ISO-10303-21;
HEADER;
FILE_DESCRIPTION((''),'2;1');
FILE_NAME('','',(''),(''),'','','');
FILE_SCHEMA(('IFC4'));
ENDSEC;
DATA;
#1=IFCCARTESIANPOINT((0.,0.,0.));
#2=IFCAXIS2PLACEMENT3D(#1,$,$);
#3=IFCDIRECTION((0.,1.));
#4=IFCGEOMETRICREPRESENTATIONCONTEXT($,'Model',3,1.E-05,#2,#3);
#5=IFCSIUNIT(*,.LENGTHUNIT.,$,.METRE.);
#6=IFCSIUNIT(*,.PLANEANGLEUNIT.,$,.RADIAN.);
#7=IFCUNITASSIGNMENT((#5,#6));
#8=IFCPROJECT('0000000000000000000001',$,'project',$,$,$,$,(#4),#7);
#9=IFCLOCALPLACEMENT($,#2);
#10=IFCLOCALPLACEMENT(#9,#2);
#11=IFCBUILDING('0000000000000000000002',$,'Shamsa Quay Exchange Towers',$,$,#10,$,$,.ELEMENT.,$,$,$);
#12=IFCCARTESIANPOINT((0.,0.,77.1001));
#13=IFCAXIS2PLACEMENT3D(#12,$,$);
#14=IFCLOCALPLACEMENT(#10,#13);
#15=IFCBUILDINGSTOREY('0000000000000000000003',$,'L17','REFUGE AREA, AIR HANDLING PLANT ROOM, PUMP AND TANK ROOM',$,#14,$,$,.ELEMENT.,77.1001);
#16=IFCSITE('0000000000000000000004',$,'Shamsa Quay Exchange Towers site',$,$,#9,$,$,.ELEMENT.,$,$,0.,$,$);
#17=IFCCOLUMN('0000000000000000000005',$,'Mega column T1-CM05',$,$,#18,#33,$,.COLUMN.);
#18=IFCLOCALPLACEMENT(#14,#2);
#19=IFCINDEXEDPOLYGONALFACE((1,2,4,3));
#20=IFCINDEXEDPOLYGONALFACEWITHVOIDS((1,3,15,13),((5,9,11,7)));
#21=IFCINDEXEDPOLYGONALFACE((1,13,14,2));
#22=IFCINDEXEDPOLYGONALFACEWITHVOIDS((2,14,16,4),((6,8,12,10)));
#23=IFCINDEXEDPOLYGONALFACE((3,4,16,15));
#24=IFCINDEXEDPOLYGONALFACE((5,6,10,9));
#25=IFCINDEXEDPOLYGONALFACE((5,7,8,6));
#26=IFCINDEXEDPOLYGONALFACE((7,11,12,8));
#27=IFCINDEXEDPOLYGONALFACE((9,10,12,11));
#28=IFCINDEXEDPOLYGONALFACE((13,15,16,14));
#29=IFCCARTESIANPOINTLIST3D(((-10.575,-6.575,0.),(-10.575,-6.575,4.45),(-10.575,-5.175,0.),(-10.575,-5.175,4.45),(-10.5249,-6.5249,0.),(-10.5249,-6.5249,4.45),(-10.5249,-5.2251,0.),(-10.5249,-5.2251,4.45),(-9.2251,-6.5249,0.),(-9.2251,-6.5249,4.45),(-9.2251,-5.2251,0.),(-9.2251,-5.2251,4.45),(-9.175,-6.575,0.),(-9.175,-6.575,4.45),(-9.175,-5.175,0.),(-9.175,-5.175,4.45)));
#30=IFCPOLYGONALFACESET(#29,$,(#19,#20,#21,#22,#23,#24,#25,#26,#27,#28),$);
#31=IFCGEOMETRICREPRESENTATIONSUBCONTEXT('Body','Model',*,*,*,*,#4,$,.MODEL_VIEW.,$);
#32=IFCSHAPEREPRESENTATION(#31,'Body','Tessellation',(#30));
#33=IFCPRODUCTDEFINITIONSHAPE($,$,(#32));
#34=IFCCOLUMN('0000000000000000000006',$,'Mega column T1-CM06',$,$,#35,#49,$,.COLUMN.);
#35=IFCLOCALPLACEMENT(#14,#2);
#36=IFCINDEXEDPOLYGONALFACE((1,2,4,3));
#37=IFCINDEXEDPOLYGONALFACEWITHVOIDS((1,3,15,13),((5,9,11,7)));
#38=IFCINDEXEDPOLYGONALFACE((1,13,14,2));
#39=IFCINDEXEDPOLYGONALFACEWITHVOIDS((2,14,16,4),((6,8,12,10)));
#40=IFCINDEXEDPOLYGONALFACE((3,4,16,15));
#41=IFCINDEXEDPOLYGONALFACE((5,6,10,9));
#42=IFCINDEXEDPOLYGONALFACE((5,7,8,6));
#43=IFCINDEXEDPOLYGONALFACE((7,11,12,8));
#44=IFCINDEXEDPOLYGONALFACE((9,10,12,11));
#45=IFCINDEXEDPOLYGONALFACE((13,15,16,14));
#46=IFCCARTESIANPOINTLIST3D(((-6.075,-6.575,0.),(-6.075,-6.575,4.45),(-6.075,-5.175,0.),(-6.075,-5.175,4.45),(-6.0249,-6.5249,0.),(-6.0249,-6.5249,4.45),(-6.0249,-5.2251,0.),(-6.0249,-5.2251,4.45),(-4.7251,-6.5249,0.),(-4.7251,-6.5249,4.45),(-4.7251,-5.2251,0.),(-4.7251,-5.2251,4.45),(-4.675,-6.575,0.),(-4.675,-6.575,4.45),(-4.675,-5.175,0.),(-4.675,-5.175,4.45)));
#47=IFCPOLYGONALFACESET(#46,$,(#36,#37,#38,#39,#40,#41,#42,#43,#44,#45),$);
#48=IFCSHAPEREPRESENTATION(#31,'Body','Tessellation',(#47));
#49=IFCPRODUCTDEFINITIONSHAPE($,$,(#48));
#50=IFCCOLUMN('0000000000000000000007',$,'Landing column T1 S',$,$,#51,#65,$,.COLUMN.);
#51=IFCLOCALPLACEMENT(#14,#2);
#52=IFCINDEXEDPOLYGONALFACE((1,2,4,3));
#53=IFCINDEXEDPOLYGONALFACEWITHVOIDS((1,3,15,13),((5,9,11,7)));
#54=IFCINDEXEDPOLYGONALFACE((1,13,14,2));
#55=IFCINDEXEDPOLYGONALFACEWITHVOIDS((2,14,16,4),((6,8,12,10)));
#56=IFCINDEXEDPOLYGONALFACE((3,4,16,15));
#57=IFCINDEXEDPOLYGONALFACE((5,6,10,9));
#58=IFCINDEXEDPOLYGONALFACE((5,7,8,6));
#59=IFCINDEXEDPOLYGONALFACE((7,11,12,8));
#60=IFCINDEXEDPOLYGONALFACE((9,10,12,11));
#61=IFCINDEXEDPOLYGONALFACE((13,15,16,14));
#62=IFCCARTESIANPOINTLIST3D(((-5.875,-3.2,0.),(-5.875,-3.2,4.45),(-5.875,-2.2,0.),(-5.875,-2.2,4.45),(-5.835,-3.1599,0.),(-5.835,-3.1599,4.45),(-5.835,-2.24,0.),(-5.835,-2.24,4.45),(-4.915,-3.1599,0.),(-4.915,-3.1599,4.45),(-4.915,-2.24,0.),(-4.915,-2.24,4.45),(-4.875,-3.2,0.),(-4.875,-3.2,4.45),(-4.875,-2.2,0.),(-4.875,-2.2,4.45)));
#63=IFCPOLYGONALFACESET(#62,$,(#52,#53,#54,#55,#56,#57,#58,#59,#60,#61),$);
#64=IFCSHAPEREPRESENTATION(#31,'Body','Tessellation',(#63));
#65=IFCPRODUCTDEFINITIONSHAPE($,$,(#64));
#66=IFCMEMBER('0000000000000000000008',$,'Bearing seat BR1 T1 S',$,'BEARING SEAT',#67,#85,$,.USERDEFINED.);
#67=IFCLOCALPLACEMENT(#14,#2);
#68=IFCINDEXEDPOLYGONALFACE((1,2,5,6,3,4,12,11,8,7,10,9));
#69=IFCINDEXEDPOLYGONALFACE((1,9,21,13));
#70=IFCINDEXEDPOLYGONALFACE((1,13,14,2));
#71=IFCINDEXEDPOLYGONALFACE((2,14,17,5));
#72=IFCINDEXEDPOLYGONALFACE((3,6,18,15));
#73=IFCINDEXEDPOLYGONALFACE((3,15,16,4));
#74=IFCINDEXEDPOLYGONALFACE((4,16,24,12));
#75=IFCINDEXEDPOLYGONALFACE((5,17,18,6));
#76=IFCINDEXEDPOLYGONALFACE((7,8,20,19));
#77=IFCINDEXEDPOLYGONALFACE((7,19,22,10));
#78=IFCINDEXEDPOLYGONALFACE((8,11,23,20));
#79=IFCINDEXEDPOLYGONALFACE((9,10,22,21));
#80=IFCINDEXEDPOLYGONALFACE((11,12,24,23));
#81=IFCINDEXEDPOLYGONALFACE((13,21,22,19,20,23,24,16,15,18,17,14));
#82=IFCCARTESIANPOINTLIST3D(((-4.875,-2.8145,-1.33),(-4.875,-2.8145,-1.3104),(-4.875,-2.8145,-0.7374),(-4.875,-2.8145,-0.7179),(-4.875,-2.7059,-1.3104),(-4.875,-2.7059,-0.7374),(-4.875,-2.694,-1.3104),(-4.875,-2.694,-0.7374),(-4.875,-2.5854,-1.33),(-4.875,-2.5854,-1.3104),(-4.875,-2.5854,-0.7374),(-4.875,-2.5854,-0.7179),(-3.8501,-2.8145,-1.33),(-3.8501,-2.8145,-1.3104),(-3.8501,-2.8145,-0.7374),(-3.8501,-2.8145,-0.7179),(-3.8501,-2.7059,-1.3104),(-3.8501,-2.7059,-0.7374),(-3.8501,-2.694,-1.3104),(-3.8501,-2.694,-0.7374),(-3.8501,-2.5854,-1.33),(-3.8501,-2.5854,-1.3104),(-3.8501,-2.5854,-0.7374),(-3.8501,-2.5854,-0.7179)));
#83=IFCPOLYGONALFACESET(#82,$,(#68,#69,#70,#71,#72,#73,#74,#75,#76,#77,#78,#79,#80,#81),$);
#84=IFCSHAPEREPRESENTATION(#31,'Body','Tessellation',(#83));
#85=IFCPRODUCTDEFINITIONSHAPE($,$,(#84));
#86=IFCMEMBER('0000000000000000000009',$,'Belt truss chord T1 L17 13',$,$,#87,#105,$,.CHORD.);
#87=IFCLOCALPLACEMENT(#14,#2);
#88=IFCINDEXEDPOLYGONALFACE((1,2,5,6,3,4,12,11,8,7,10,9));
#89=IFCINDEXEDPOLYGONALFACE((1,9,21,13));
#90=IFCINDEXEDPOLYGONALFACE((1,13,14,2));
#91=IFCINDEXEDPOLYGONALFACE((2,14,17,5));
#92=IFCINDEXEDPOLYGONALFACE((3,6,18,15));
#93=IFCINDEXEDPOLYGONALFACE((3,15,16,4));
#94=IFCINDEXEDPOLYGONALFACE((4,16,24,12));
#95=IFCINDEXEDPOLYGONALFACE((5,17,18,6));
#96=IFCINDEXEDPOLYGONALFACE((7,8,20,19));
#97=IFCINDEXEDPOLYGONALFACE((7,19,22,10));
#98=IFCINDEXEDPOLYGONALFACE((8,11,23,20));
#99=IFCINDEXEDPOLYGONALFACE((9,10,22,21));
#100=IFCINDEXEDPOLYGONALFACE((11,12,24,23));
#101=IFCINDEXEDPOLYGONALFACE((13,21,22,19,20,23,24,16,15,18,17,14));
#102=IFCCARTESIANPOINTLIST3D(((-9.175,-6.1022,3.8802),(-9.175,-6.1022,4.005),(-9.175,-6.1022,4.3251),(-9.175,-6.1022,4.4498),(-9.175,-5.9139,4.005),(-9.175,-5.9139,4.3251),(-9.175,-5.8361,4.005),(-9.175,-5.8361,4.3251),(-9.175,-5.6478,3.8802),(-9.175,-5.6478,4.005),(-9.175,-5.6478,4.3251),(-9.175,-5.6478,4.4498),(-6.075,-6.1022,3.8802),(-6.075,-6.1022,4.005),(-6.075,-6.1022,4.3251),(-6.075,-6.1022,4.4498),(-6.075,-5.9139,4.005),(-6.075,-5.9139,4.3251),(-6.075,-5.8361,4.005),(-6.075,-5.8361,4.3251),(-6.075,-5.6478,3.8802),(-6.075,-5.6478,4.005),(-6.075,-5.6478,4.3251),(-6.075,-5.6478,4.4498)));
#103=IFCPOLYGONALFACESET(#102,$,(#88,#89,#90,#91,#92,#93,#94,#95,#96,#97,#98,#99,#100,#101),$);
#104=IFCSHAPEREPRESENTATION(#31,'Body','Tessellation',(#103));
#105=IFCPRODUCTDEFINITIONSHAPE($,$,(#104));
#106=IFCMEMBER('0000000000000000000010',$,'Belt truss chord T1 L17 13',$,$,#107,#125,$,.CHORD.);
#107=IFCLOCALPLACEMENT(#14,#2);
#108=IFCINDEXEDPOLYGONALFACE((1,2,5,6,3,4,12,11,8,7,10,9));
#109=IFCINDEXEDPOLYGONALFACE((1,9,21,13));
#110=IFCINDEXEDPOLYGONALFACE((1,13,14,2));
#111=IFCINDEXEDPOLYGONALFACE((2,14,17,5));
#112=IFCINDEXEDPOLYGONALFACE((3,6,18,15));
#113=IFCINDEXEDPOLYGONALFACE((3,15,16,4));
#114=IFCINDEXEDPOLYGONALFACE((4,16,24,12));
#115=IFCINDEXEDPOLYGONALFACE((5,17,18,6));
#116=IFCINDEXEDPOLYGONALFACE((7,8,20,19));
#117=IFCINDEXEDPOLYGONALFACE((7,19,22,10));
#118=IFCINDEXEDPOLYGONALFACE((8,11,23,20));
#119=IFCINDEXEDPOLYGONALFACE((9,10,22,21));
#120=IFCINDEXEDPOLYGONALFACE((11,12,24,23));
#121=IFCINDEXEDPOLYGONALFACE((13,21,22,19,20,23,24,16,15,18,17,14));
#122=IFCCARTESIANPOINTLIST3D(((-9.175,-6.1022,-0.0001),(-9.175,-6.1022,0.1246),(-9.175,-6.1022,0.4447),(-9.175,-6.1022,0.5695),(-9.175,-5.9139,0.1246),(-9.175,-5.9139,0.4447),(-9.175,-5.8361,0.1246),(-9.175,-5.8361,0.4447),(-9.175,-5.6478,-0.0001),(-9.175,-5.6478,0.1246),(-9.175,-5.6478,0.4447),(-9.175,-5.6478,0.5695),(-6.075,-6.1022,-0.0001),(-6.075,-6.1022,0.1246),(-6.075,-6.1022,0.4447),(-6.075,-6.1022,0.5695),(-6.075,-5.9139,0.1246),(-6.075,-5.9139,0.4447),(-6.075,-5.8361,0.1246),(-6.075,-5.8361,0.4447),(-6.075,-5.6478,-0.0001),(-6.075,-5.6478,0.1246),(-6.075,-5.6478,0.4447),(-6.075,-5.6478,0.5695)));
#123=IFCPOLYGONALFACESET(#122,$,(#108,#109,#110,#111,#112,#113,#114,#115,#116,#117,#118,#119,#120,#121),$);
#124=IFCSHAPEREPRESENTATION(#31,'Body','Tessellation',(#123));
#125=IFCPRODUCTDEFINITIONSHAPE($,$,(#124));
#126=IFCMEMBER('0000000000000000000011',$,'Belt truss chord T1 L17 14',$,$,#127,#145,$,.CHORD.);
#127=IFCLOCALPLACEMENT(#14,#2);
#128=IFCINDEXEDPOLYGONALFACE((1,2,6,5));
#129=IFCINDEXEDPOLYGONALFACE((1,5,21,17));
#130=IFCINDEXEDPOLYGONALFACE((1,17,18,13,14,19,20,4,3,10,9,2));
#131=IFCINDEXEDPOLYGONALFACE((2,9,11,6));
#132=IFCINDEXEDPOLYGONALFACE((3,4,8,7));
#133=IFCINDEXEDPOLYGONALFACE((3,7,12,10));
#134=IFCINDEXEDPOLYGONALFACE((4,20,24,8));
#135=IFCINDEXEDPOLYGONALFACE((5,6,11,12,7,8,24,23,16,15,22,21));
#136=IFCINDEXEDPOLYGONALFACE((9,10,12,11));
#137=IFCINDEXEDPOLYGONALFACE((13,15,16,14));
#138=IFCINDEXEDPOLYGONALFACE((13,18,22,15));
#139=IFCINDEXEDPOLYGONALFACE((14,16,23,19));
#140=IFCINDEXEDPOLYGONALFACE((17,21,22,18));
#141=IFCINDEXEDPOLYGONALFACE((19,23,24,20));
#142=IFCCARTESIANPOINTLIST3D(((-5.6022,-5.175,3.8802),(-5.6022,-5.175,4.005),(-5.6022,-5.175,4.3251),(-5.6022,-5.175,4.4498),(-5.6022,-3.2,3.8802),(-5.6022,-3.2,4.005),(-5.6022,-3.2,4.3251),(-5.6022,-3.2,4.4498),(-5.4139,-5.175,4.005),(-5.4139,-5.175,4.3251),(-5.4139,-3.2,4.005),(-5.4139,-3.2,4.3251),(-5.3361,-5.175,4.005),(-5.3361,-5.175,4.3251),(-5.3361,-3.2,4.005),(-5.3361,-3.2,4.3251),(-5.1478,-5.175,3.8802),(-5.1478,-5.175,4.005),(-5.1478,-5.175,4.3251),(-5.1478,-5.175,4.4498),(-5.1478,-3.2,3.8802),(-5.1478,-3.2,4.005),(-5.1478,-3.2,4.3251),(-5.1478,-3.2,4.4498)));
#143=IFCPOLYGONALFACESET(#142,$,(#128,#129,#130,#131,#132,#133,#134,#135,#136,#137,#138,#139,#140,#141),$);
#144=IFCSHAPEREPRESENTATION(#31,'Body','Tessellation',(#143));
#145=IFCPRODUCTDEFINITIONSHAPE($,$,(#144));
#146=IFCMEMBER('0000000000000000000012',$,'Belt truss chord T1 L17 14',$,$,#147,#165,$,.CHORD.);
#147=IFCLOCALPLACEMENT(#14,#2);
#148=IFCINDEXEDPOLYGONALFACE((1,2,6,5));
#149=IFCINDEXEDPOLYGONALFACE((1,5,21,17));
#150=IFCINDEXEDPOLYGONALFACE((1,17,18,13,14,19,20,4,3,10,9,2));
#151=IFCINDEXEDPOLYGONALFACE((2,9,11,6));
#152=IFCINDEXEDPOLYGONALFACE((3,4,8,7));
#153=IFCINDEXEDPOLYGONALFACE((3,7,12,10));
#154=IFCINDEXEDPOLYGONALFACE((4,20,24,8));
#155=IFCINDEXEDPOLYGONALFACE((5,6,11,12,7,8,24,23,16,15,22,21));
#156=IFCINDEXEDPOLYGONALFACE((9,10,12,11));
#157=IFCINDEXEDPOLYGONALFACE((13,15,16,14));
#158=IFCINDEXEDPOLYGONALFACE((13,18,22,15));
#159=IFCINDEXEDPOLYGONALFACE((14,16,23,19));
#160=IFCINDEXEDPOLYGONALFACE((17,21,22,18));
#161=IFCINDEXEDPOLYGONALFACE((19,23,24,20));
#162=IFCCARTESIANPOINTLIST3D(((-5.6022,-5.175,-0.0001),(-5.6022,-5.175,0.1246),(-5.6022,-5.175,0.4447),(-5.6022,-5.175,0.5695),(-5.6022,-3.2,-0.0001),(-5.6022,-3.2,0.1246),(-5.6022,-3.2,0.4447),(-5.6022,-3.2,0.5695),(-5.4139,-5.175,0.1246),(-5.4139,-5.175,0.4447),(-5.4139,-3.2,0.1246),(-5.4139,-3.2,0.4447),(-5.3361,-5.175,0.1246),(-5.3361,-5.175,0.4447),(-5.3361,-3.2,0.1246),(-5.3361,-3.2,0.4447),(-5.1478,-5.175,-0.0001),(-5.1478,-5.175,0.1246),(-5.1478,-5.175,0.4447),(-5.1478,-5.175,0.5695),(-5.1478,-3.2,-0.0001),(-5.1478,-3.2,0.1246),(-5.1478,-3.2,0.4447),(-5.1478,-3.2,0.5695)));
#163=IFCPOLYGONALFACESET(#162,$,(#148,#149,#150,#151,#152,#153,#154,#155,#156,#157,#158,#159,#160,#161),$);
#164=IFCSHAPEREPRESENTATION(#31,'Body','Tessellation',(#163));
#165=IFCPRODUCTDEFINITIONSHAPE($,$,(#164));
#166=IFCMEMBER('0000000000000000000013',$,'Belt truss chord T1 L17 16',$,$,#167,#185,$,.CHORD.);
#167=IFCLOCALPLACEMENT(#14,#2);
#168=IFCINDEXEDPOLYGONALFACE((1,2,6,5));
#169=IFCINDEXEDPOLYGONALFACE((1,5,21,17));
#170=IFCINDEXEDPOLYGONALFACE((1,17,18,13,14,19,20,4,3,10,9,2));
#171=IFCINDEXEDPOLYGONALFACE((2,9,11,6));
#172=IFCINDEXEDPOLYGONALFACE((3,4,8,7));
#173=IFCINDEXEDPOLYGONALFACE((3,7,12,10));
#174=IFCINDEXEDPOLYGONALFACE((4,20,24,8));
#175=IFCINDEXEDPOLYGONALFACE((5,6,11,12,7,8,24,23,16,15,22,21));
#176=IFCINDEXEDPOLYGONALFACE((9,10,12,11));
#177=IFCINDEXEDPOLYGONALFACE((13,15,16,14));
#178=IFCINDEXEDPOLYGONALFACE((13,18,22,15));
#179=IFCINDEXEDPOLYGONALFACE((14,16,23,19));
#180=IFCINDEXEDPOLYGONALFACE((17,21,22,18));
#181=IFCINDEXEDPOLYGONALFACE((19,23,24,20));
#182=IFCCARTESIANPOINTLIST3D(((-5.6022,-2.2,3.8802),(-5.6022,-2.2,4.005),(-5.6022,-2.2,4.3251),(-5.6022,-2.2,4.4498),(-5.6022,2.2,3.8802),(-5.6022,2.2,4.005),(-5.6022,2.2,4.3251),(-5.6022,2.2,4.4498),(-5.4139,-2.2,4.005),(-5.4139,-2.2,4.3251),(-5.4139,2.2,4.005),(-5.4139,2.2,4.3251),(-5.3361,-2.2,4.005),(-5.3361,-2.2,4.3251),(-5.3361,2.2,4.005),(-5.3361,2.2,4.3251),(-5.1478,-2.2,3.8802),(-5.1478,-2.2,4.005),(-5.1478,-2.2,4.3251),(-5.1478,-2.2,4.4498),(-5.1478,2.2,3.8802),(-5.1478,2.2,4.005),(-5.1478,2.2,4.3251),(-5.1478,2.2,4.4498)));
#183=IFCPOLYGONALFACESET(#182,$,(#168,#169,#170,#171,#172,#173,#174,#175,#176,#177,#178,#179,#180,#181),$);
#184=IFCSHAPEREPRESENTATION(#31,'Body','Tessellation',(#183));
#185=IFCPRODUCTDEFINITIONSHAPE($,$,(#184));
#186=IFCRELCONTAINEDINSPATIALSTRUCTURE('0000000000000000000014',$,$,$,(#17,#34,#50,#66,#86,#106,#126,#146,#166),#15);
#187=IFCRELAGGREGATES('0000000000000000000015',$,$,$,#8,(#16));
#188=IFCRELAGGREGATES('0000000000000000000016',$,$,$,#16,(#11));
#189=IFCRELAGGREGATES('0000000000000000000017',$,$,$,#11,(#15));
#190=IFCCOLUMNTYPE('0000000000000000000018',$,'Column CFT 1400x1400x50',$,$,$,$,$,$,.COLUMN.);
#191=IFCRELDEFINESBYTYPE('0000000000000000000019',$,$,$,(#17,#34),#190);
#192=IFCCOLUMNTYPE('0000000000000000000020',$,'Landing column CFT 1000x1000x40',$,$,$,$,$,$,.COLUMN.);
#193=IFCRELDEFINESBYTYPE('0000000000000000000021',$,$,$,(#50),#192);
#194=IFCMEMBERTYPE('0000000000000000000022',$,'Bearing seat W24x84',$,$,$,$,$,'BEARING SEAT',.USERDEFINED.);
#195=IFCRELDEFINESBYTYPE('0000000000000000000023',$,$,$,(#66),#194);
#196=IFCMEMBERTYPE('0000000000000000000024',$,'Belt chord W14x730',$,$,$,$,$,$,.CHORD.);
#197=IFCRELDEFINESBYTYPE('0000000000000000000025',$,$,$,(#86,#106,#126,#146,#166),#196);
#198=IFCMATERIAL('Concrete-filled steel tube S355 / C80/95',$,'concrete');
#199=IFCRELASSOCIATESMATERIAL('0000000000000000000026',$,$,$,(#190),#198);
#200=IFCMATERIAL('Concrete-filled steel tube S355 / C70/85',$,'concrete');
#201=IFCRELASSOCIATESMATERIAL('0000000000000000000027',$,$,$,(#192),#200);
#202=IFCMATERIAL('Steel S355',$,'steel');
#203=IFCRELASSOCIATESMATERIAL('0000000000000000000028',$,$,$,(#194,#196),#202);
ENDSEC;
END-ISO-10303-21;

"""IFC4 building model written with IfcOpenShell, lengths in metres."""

from ifc_helpers import new_model, si_unit, direction, frame, origin, origin_2d, place, context, subcontext, project, spatial, hollow_rectangle, i_section, extrude, material, material_profile, profile_set, type_object, element, save


model = new_model("IFC4")

# Units and contexts
model_context = context("Model", 3, precision=1e-05, world=origin(), true_north=direction((0.0, 1.0)))
body_context = subcontext(model_context, "Body", "Model", "MODEL_VIEW")
ifc_project = project(units=[si_unit("LENGTHUNIT", "METRE"), si_unit("PLANEANGLEUNIT", "RADIAN")], contexts=[model_context])

# Site, building, storey
site_placement = place(None, origin())
site = spatial("IfcSite", under=ifc_project, at=site_placement, Name="Shamsa Quay Exchange Towers site", CompositionType="ELEMENT", RefElevation=0.0)
building_placement = place(site_placement, origin())
building = spatial("IfcBuilding", under=site, at=building_placement, Name="Shamsa Quay Exchange Towers", CompositionType="ELEMENT")
storey_placement = place(building_placement, frame((0.0, 0.0, 77.1001)))
storey = spatial("IfcBuildingStorey", under=building, at=storey_placement, Name="L17", Description="REFUGE AREA, AIR HANDLING PLANT ROOM, PUMP AND TANK ROOM", CompositionType="ELEMENT", Elevation=77.1001)

# Columns
ifc_material_1 = material(Name="Concrete-filled steel tube S355 / C80/95", Category="concrete")
ifc_material_profile_1 = material_profile(ifc_material_1, hollow_rectangle(XDim=1.3999, YDim=1.3999, WallThickness=0.05, at=origin_2d()), Name="CFT 1400x1400x50")
ifc_profile_set_1 = profile_set([ifc_material_profile_1], Name="Concrete-filled steel tube S355 / C80/95")
column_type_1 = type_object("IfcColumnType", Name="Column CFT 1400x1400x50", PredefinedType="COLUMN", material=ifc_profile_set_1)
for number, where, name in (
    (1, (-9.875, -5.875, 0.0), "Mega column T1-CM05"),
    (2, (-5.375, -5.875, 0.0), "Mega column T1-CM06"),
):
    element("IfcColumn", number, at=place(storey_placement, frame(where)), inside=storey, type_object=column_type_1, Name=name, PredefinedType="COLUMN", context=body_context, shape_type="SweptSolid", body=[
        extrude(hollow_rectangle(XDim=1.3999, YDim=1.3999, WallThickness=0.05, at=origin_2d()), origin(), (0.0, 0.0, 1.0), 4.45),
    ])
ifc_material_2 = material(Name="Concrete-filled steel tube S355 / C70/85", Category="concrete")
ifc_material_profile_2 = material_profile(ifc_material_2, hollow_rectangle(XDim=1.0, YDim=1.0, WallThickness=0.04, at=origin_2d()), Name="CFT 1000x1000x40")
ifc_profile_set_2 = profile_set([ifc_material_profile_2], Name="Concrete-filled steel tube S355 / C70/85")
column_type_2 = type_object("IfcColumnType", Name="Landing column CFT 1000x1000x40", PredefinedType="COLUMN", material=ifc_profile_set_2)
column_placement = place(storey_placement, frame((-5.375, -2.7, 0.0)))
element("IfcColumn", 3, at=column_placement, inside=storey, type_object=column_type_2, Name="Landing column T1 S", PredefinedType="COLUMN", context=body_context, shape_type="SweptSolid", body=[
    extrude(hollow_rectangle(XDim=1.0, YDim=1.0, WallThickness=0.04, at=origin_2d()), origin(), (0.0, 0.0, 1.0), 4.45),
])

# Members
ifc_material_3 = material(Name="Steel S355", Category="steel")
ifc_material_profile_3 = material_profile(ifc_material_3, i_section(OverallWidth=0.229, OverallDepth=0.6121, WebThickness=0.012, FlangeThickness=0.0195, at=origin_2d()), Name="W24x84")
ifc_profile_set_3 = profile_set([ifc_material_profile_3], Name="Steel S355")
member_type_1 = type_object("IfcMemberType", Name="Bearing seat W24x84", ElementType="BEARING SEAT", PredefinedType="USERDEFINED", material=ifc_profile_set_3)
member_1_placement = place(storey_placement, frame((-4.875, -2.7, -1.0239), z_axis=(1.0, 0.0, 0.0), x_axis=(0.0, 1.0, 0.0)))
element("IfcMember", 4, at=member_1_placement, inside=storey, type_object=member_type_1, Name="Bearing seat BR1 T1 S", ObjectType="BEARING SEAT", PredefinedType="USERDEFINED", context=body_context, shape_type="SweptSolid", body=[
    extrude(i_section(OverallWidth=0.229, OverallDepth=0.6121, WebThickness=0.012, FlangeThickness=0.0195, at=origin_2d()), origin(), (0.0, 0.0, 1.0), 1.0249),
])
ifc_material_profile_4 = material_profile(ifc_material_3, i_section(OverallWidth=0.4543, OverallDepth=0.5696, WebThickness=0.0779, FlangeThickness=0.1248, at=origin_2d()), Name="W14x730")
ifc_profile_set_4 = profile_set([ifc_material_profile_4], Name="Steel S355")
member_type_2 = type_object("IfcMemberType", Name="Belt chord W14x730", PredefinedType="CHORD", material=ifc_profile_set_4)
for number, where, z_axis, x_axis, name in (
    (5, (-9.175, -5.875, 4.165), (1.0, 0.0, 0.0), (0.0, 1.0, 0.0), "Belt truss chord T1 L17 13"),
    (6, (-9.175, -5.875, 0.2847), (1.0, 0.0, 0.0), (0.0, 1.0, 0.0), "Belt truss chord T1 L17 13"),
):
    element("IfcMember", number, at=place(storey_placement, frame(where, z_axis=z_axis, x_axis=x_axis)), inside=storey, type_object=member_type_2, Name=name, PredefinedType="CHORD", context=body_context, shape_type="SweptSolid", body=[
        extrude(i_section(OverallWidth=0.4543, OverallDepth=0.5696, WebThickness=0.0779, FlangeThickness=0.1248, at=origin_2d()), origin(), (0.0, 0.0, 1.0), 3.1001),
    ])
for number, where, z_axis, x_axis, name in (
    (7, (-5.375, -5.175, 4.165), (0.0, 1.0, 0.0), (-1.0, 0.0, 0.0), "Belt truss chord T1 L17 14"),
    (8, (-5.375, -5.175, 0.2847), (0.0, 1.0, 0.0), (-1.0, 0.0, 0.0), "Belt truss chord T1 L17 14"),
):
    element("IfcMember", number, at=place(storey_placement, frame(where, z_axis=z_axis, x_axis=x_axis)), inside=storey, type_object=member_type_2, Name=name, PredefinedType="CHORD", context=body_context, shape_type="SweptSolid", body=[
        extrude(i_section(OverallWidth=0.4543, OverallDepth=0.5696, WebThickness=0.0779, FlangeThickness=0.1248, at=origin_2d()), origin(), (0.0, 0.0, 1.0), 1.9751),
    ])
member_2_placement = place(storey_placement, frame((-5.375, -2.2, 4.165), z_axis=(0.0, 1.0, 0.0), x_axis=(-1.0, 0.0, 0.0)))
element("IfcMember", 9, at=member_2_placement, inside=storey, type_object=member_type_2, Name="Belt truss chord T1 L17 16", PredefinedType="CHORD", context=body_context, shape_type="SweptSolid", body=[
    extrude(i_section(OverallWidth=0.4543, OverallDepth=0.5696, WebThickness=0.0779, FlangeThickness=0.1248, at=origin_2d()), origin(), (0.0, 0.0, 1.0), 4.3999),
])

save(model, "model.ifc")
